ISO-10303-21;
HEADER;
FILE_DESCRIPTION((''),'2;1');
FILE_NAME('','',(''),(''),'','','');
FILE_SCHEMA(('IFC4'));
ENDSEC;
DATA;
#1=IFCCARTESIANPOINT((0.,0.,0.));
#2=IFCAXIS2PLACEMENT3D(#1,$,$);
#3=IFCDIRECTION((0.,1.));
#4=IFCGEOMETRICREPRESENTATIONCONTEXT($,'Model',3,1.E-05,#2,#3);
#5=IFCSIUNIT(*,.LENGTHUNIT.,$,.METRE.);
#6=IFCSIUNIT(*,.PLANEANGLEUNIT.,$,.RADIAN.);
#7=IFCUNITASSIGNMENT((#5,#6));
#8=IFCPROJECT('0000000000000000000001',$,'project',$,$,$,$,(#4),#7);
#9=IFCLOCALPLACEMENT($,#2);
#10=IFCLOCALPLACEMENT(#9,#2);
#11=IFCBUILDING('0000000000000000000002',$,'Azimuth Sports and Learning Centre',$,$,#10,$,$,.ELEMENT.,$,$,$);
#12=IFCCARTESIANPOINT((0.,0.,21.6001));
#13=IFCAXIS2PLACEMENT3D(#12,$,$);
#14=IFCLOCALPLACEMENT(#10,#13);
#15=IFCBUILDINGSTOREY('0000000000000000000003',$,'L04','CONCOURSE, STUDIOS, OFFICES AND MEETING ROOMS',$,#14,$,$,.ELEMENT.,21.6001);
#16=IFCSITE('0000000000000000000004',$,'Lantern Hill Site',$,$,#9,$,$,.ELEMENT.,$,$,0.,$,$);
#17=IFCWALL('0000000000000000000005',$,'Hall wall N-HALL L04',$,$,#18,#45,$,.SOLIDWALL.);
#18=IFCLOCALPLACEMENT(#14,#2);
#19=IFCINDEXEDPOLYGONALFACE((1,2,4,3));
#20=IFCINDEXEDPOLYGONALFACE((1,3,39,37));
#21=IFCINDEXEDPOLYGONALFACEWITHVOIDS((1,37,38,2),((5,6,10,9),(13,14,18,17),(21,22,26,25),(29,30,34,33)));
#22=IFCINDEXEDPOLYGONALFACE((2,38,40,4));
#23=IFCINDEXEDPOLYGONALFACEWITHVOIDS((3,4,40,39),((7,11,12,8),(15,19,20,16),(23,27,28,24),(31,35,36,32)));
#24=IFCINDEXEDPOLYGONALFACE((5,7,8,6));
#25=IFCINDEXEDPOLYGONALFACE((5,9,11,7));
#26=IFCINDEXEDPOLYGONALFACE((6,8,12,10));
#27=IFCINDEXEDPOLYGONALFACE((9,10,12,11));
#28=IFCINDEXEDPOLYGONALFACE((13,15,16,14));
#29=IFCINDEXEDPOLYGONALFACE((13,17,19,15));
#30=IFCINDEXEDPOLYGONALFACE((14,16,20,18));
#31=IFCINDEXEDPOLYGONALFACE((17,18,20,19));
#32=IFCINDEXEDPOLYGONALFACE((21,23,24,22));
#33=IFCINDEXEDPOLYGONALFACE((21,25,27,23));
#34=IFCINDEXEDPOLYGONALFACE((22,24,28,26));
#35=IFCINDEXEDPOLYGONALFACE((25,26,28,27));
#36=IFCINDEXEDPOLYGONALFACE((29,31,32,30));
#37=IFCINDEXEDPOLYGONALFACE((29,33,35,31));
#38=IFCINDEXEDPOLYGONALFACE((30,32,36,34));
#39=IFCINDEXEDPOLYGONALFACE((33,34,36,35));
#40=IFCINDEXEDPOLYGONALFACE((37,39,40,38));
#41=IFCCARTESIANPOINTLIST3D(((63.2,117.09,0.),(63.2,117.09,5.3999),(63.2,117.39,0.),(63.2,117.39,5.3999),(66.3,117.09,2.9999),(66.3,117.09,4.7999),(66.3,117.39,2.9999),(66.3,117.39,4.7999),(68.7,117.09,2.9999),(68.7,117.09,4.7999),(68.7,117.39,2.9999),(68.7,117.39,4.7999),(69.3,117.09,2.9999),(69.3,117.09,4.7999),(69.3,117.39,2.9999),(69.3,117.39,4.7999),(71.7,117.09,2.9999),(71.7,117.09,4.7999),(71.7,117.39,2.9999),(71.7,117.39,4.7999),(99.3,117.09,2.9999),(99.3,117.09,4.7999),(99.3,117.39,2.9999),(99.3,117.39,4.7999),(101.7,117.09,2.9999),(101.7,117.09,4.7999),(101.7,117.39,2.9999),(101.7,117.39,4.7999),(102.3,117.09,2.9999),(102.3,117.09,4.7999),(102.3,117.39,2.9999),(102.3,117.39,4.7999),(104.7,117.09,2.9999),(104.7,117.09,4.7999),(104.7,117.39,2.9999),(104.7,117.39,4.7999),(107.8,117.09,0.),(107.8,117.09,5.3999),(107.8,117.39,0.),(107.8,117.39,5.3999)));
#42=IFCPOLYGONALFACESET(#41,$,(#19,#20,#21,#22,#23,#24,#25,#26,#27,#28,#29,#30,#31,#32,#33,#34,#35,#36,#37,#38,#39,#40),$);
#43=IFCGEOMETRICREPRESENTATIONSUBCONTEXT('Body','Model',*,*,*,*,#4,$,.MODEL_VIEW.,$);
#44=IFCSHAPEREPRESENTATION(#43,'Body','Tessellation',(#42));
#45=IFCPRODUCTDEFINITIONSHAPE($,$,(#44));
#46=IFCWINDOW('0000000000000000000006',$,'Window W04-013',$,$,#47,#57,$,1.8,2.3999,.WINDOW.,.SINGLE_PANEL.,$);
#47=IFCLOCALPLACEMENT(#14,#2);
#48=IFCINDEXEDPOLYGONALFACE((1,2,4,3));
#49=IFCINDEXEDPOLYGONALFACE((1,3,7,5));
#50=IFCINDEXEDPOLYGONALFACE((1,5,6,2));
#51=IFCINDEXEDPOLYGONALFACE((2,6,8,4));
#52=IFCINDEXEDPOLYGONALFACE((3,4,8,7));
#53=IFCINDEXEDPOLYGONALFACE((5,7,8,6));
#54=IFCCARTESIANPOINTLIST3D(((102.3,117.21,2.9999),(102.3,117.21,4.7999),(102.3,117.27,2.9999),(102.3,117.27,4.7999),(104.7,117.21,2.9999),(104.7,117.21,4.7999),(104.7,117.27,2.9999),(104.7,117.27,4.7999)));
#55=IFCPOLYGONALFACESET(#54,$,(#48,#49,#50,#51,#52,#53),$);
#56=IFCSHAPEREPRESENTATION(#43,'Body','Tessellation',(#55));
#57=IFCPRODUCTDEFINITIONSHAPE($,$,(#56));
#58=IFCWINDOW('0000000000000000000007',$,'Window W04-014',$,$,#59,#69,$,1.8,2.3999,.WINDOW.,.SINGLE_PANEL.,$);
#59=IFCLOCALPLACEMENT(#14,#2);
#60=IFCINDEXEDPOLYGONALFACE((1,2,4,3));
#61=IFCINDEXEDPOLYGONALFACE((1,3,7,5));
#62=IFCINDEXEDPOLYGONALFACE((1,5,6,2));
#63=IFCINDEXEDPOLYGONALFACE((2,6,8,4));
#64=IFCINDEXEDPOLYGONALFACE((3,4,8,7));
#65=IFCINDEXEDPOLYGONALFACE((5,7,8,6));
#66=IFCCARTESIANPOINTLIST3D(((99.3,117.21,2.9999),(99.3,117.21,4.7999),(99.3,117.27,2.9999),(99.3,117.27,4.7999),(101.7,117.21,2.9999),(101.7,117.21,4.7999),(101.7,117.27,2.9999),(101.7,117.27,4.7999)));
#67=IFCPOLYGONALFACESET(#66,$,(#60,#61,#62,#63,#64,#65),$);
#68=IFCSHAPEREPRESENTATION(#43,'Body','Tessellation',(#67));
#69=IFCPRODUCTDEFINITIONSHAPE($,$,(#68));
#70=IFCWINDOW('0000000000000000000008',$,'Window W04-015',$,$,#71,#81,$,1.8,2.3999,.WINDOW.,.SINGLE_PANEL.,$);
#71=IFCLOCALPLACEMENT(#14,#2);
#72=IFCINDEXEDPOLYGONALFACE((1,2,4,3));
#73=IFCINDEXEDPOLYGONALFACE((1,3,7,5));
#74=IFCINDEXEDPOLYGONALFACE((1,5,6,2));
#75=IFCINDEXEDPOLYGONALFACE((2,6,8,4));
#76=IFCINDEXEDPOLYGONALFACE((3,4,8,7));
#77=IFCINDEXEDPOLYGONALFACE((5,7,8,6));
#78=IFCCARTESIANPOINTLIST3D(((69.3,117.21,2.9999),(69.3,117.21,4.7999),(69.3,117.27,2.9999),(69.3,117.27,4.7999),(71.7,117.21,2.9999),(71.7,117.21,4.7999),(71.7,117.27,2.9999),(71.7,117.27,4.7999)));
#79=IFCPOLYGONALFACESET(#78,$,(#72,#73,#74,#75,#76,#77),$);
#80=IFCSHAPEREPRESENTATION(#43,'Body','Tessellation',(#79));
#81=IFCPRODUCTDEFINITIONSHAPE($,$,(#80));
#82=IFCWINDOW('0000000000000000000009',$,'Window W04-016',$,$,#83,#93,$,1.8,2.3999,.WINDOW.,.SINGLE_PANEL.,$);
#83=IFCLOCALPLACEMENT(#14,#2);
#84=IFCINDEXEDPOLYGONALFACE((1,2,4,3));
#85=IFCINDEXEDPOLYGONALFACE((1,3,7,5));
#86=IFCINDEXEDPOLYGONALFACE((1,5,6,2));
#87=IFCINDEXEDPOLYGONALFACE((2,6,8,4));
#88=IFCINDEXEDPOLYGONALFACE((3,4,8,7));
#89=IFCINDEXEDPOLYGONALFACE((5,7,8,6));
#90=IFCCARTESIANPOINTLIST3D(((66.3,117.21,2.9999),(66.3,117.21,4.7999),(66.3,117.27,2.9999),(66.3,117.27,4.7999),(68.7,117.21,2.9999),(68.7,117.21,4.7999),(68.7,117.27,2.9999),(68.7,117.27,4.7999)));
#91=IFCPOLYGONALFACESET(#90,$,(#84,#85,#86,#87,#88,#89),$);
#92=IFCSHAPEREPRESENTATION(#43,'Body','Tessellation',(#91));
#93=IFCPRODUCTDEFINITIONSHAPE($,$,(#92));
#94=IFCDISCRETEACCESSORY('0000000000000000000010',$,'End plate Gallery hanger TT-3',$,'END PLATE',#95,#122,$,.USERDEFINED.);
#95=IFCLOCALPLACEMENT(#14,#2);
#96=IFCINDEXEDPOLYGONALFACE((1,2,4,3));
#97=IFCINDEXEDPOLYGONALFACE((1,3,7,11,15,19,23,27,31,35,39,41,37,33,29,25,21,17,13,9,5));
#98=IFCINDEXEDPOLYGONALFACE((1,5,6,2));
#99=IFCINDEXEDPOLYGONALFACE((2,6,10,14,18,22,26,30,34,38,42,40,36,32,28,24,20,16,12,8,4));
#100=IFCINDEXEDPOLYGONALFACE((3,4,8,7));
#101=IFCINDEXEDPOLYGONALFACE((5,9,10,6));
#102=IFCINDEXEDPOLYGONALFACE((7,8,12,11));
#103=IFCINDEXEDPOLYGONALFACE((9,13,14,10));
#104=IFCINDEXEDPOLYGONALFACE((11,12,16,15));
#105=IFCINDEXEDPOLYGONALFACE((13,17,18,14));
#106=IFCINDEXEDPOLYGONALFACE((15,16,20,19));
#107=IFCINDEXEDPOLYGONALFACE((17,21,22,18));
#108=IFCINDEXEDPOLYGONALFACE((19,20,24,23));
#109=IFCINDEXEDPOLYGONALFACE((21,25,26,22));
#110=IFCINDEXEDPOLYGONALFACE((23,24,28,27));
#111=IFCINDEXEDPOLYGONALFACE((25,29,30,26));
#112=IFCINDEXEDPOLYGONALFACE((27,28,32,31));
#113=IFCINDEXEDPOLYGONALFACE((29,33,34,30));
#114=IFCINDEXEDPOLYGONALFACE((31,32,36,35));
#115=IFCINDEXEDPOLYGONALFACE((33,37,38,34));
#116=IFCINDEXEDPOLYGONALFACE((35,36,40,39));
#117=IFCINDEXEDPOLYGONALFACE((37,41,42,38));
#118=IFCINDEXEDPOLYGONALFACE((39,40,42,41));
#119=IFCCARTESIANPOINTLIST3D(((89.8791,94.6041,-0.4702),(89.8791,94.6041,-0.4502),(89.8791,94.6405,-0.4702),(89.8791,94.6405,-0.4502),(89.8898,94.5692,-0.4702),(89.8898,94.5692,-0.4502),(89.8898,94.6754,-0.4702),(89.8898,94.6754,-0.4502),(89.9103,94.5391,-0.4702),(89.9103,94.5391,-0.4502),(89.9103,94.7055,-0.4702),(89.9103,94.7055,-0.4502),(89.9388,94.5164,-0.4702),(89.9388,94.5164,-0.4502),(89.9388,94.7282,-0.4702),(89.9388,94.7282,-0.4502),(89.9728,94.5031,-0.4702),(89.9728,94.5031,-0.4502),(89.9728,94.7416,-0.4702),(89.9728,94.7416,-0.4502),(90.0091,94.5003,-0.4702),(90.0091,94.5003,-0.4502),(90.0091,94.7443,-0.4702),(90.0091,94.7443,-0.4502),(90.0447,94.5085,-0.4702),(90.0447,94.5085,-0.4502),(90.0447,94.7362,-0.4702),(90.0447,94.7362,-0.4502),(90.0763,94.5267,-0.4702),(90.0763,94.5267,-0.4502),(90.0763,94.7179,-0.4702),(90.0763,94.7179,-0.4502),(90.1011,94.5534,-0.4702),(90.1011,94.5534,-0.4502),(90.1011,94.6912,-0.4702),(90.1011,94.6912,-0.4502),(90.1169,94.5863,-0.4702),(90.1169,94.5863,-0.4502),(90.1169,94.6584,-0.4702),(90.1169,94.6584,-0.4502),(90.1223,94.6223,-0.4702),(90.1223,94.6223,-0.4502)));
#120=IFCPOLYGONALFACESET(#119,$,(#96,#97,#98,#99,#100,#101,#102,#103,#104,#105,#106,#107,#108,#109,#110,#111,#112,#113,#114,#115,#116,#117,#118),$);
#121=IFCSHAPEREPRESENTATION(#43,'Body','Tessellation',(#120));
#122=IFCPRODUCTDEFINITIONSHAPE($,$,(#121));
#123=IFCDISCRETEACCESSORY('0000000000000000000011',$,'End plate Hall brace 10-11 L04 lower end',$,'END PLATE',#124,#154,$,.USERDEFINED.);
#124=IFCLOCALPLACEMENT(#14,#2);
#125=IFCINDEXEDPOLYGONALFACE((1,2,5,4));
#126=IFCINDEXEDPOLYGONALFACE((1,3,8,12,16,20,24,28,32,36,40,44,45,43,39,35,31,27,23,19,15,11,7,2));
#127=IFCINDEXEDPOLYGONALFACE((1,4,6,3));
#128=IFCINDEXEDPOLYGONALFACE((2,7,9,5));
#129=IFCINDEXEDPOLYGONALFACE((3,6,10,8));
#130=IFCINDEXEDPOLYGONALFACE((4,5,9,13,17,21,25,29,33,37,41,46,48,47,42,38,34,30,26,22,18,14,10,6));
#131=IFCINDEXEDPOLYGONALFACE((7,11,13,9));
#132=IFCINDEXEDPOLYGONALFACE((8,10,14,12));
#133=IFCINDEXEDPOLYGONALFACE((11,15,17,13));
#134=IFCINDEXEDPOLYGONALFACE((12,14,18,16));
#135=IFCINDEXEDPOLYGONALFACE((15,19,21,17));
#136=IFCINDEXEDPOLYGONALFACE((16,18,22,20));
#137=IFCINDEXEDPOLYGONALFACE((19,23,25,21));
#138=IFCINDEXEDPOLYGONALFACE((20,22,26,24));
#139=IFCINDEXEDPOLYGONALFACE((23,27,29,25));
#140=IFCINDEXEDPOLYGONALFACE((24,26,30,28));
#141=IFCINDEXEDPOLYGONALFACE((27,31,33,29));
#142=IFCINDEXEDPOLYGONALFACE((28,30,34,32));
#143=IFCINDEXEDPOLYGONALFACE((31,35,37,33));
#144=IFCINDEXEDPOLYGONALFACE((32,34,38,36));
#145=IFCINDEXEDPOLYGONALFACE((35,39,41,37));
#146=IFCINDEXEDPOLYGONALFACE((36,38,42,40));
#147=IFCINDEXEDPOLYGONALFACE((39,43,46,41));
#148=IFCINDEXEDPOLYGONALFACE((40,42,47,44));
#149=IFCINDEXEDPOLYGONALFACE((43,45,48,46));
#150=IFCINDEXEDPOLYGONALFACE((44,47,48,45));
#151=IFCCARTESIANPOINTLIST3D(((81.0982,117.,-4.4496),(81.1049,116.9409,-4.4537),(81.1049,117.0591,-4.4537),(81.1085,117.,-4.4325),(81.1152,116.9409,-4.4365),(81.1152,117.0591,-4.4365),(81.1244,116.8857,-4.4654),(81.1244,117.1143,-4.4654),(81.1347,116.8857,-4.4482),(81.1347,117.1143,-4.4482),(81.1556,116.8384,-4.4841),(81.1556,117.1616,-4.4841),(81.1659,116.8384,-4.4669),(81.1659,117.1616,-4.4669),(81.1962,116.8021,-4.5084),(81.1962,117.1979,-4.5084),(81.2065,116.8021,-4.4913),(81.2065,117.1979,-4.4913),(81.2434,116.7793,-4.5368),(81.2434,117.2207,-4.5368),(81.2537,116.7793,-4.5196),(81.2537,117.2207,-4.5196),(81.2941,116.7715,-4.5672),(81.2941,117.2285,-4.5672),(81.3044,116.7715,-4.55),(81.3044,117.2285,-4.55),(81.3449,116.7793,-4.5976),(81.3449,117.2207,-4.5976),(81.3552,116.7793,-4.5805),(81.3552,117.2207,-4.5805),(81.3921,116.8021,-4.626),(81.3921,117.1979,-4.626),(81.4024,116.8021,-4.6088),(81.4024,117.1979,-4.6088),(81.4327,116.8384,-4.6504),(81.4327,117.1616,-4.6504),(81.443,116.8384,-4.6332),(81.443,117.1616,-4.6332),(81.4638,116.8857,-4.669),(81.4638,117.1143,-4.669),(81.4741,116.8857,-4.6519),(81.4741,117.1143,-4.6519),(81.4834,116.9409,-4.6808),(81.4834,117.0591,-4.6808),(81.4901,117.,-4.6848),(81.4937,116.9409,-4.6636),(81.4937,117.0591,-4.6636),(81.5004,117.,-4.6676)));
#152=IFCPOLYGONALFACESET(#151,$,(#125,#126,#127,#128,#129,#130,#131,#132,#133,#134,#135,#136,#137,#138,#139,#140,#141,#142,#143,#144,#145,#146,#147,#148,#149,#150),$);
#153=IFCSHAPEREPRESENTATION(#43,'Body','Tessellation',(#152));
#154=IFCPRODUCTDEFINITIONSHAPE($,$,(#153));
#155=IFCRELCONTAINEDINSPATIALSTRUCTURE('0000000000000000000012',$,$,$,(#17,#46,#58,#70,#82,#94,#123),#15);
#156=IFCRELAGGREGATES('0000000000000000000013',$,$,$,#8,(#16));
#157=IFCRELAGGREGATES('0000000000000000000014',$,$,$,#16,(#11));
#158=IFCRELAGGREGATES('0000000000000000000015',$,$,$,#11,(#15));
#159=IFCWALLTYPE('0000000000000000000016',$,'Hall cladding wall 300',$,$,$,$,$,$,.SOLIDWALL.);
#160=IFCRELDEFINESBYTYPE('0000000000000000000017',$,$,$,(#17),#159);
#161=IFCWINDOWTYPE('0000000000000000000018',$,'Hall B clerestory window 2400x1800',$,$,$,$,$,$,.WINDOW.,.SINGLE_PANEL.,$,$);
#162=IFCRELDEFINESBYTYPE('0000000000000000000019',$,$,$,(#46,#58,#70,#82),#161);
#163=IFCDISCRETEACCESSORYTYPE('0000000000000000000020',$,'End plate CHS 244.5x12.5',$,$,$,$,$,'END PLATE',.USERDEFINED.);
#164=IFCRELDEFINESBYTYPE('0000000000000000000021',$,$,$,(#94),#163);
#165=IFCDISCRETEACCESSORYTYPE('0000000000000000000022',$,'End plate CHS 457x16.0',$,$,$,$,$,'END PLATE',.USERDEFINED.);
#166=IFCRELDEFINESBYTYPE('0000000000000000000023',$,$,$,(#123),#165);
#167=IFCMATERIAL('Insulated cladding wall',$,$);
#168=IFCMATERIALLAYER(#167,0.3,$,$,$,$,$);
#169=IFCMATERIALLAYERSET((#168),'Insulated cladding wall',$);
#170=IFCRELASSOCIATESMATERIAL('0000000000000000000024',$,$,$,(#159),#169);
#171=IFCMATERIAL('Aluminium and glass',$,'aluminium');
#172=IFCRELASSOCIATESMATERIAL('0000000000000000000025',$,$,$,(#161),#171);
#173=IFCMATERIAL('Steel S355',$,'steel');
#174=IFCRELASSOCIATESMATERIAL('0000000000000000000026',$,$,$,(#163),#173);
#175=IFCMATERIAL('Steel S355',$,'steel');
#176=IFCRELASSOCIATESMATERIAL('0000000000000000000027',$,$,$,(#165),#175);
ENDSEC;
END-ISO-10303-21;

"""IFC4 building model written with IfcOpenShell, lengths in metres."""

from ifc_helpers import new_model, si_unit, direction, frame, frame_2d, origin, origin_2d, place, context, subcontext, project, spatial, rectangle, circle, extrude, material, layer, layer_set, material_profile, profile_set, type_object, element, fill, save


model = new_model("IFC4")

# Units and contexts
model_context = context("Model", 3, precision=1e-05, world=origin(), true_north=direction((0.0, 1.0)))
body_context = subcontext(model_context, "Body", "Model", "MODEL_VIEW")
ifc_project = project(units=[si_unit("LENGTHUNIT", "METRE"), si_unit("PLANEANGLEUNIT", "RADIAN")], contexts=[model_context])

# Site, building, storey
site_placement = place(None, origin())
site = spatial("IfcSite", under=ifc_project, at=site_placement, Name="Lantern Hill Site", CompositionType="ELEMENT", RefElevation=0.0)
building_placement = place(site_placement, origin())
building = spatial("IfcBuilding", under=site, at=building_placement, Name="Azimuth Sports and Learning Centre", CompositionType="ELEMENT")
storey_placement = place(building_placement, frame((0.0, 0.0, 21.6001)))
storey = spatial("IfcBuildingStorey", under=building, at=storey_placement, Name="L04", Description="CONCOURSE, STUDIOS, OFFICES AND MEETING ROOMS", CompositionType="ELEMENT", Elevation=21.6001)

# Wall, openings, windows
ifc_material_1 = material(Name="Insulated cladding wall")
ifc_layer = layer(ifc_material_1, 0.3)
ifc_layer_set = layer_set([ifc_layer], Name="Insulated cladding wall")
wall_type = type_object("IfcWallType", Name="Hall cladding wall 300", PredefinedType="SOLIDWALL", material=ifc_layer_set)
wall_placement = place(storey_placement, frame((107.8, 117.24, 0.0), z_axis=(0.0, 0.0, 1.0), x_axis=(-1.0, 0.0, 0.0)))
wall = element("IfcWall", 1, at=wall_placement, inside=storey, type_object=wall_type, Name="Hall wall N-HALL L04", PredefinedType="SOLIDWALL", context=body_context, shape_type="SweptSolid", body=[
    extrude(rectangle(XDim=44.6001, YDim=0.3, at=frame_2d((22.3, 0.0))), origin(), (0.0, 0.0, 1.0), 5.3999),
])
opening_1_placement = place(wall_placement, frame((3.1001, 0.0, 3.0)))
opening_1 = element("IfcOpeningElement", 2, at=opening_1_placement, cuts=wall, PredefinedType="OPENING", context=body_context, shape_type="SweptSolid", body=[
    extrude(rectangle(XDim=2.3999, YDim=1.8, at=frame_2d((1.2, 0.8999))), frame((0.0, 0.1611, 0.0), z_axis=(0.0, -1.0, 0.0), x_axis=(1.0, 0.0, 0.0)), (0.0, 0.0, 1.0), 0.322),
])
opening_2_placement = place(wall_placement, frame((6.1001, 0.0, 3.0)))
opening_2 = element("IfcOpeningElement", 3, at=opening_2_placement, cuts=wall, PredefinedType="OPENING", context=body_context, shape_type="SweptSolid", body=[
    extrude(rectangle(XDim=2.3999, YDim=1.8, at=frame_2d((1.2, 0.8999))), frame((0.0, 0.1611, 0.0), z_axis=(0.0, -1.0, 0.0), x_axis=(1.0, 0.0, 0.0)), (0.0, 0.0, 1.0), 0.322),
])
opening_3_placement = place(wall_placement, frame((36.1001, 0.0, 3.0)))
opening_3 = element("IfcOpeningElement", 4, at=opening_3_placement, cuts=wall, PredefinedType="OPENING", context=body_context, shape_type="SweptSolid", body=[
    extrude(rectangle(XDim=2.3999, YDim=1.8, at=frame_2d((1.2, 0.8999))), frame((0.0, 0.1611, 0.0), z_axis=(0.0, -1.0, 0.0), x_axis=(1.0, 0.0, 0.0)), (0.0, 0.0, 1.0), 0.322),
])
opening_4_placement = place(wall_placement, frame((39.1001, 0.0, 3.0)))
opening_4 = element("IfcOpeningElement", 5, at=opening_4_placement, cuts=wall, PredefinedType="OPENING", context=body_context, shape_type="SweptSolid", body=[
    extrude(rectangle(XDim=2.3999, YDim=1.8, at=frame_2d((1.2, 0.8999))), frame((0.0, 0.1611, 0.0), z_axis=(0.0, -1.0, 0.0), x_axis=(1.0, 0.0, 0.0)), (0.0, 0.0, 1.0), 0.322),
])
ifc_material_2 = material(Name="Aluminium and glass", Category="aluminium")
window_type = type_object("IfcWindowType", Name="Hall B clerestory window 2400x1800", PartitioningType="SINGLE_PANEL", PredefinedType="WINDOW", material=ifc_material_2)
window_1_placement = place(opening_1_placement, origin())
window_1 = element("IfcWindow", 6, at=window_1_placement, inside=storey, type_object=window_type, Name="Window W04-013", OverallHeight=1.8, OverallWidth=2.3999, PartitioningType="SINGLE_PANEL", PredefinedType="WINDOW", context=body_context, shape_type="SweptSolid", body=[
    extrude(rectangle(XDim=2.3999, YDim=1.8, at=frame_2d((1.2, 0.8999))), frame((0.0, 0.03, 0.0), z_axis=(0.0, -1.0, 0.0), x_axis=(1.0, 0.0, 0.0)), (0.0, 0.0, 1.0), 0.0601),
])
fill(opening_1, window_1)
window_2_placement = place(opening_2_placement, origin())
window_2 = element("IfcWindow", 7, at=window_2_placement, inside=storey, type_object=window_type, Name="Window W04-014", OverallHeight=1.8, OverallWidth=2.3999, PartitioningType="SINGLE_PANEL", PredefinedType="WINDOW", context=body_context, shape_type="SweptSolid", body=[
    extrude(rectangle(XDim=2.3999, YDim=1.8, at=frame_2d((1.2, 0.8999))), frame((0.0, 0.03, 0.0), z_axis=(0.0, -1.0, 0.0), x_axis=(1.0, 0.0, 0.0)), (0.0, 0.0, 1.0), 0.0601),
])
fill(opening_2, window_2)
window_3_placement = place(opening_3_placement, origin())
window_3 = element("IfcWindow", 8, at=window_3_placement, inside=storey, type_object=window_type, Name="Window W04-015", OverallHeight=1.8, OverallWidth=2.3999, PartitioningType="SINGLE_PANEL", PredefinedType="WINDOW", context=body_context, shape_type="SweptSolid", body=[
    extrude(rectangle(XDim=2.3999, YDim=1.8, at=frame_2d((1.2, 0.8999))), frame((0.0, 0.03, 0.0), z_axis=(0.0, -1.0, 0.0), x_axis=(1.0, 0.0, 0.0)), (0.0, 0.0, 1.0), 0.0601),
])
fill(opening_3, window_3)
window_4_placement = place(opening_4_placement, origin())
window_4 = element("IfcWindow", 9, at=window_4_placement, inside=storey, type_object=window_type, Name="Window W04-016", OverallHeight=1.8, OverallWidth=2.3999, PartitioningType="SINGLE_PANEL", PredefinedType="WINDOW", context=body_context, shape_type="SweptSolid", body=[
    extrude(rectangle(XDim=2.3999, YDim=1.8, at=frame_2d((1.2, 0.8999))), frame((0.0, 0.03, 0.0), z_axis=(0.0, -1.0, 0.0), x_axis=(1.0, 0.0, 0.0)), (0.0, 0.0, 1.0), 0.0601),
])
fill(opening_4, window_4)

# Discrete accessories
ifc_material_3 = material(Name="Steel S355", Category="steel")
ifc_material_profile_1 = material_profile(ifc_material_3, circle(Radius=0.1223, at=origin_2d()), Name="PL 244 DISC")
ifc_profile_set_1 = profile_set([ifc_material_profile_1], Name="Steel S355")
discrete_accessory_type_1 = type_object("IfcDiscreteAccessoryType", Name="End plate CHS 244.5x12.5", ElementType="END PLATE", PredefinedType="USERDEFINED", material=ifc_profile_set_1)
discrete_accessory_placement = place(storey_placement, frame((90.0, 94.6223, -0.4502), z_axis=(0.0, 0.0, -1.0), x_axis=(1.0, 0.0, 0.0)))
element("IfcDiscreteAccessory", 10, at=discrete_accessory_placement, inside=storey, type_object=discrete_accessory_type_1, Name="End plate Gallery hanger TT-3", ObjectType="END PLATE", PredefinedType="USERDEFINED", context=body_context, shape_type="SweptSolid", body=[
    extrude(circle(Radius=0.1223, at=origin_2d()), origin(), (0.0, 0.0, 1.0), 0.02),
])
ifc_material_4 = material(Name="Steel S355", Category="steel")
ifc_material_profile_2 = material_profile(ifc_material_4, circle(Radius=0.2285, at=origin_2d()), Name="PL 457 DISC")
ifc_profile_set_2 = profile_set([ifc_material_profile_2], Name="Steel S355")
discrete_accessory_type_2 = type_object("IfcDiscreteAccessoryType", Name="End plate CHS 457x16.0", ElementType="END PLATE", PredefinedType="USERDEFINED", material=ifc_profile_set_2)
for number, where, z_axis, x_axis, name in (
    (11, (81.3044, 117.0, -4.55), (-0.514496, 0.0, -0.857493), (0.0, -1.0, 0.0), "End plate Hall brace 10-11 L04 lower end"),
):
    element("IfcDiscreteAccessory", number, at=place(storey_placement, frame(where, z_axis=z_axis, x_axis=x_axis)), inside=storey, type_object=discrete_accessory_type_2, Name=name, ObjectType="END PLATE", PredefinedType="USERDEFINED", context=body_context, shape_type="SweptSolid", body=[
        extrude(circle(Radius=0.2285, at=origin_2d()), origin(), (0.0, 0.0, 1.0), 0.02),
    ])

save(model, "model.ifc")
